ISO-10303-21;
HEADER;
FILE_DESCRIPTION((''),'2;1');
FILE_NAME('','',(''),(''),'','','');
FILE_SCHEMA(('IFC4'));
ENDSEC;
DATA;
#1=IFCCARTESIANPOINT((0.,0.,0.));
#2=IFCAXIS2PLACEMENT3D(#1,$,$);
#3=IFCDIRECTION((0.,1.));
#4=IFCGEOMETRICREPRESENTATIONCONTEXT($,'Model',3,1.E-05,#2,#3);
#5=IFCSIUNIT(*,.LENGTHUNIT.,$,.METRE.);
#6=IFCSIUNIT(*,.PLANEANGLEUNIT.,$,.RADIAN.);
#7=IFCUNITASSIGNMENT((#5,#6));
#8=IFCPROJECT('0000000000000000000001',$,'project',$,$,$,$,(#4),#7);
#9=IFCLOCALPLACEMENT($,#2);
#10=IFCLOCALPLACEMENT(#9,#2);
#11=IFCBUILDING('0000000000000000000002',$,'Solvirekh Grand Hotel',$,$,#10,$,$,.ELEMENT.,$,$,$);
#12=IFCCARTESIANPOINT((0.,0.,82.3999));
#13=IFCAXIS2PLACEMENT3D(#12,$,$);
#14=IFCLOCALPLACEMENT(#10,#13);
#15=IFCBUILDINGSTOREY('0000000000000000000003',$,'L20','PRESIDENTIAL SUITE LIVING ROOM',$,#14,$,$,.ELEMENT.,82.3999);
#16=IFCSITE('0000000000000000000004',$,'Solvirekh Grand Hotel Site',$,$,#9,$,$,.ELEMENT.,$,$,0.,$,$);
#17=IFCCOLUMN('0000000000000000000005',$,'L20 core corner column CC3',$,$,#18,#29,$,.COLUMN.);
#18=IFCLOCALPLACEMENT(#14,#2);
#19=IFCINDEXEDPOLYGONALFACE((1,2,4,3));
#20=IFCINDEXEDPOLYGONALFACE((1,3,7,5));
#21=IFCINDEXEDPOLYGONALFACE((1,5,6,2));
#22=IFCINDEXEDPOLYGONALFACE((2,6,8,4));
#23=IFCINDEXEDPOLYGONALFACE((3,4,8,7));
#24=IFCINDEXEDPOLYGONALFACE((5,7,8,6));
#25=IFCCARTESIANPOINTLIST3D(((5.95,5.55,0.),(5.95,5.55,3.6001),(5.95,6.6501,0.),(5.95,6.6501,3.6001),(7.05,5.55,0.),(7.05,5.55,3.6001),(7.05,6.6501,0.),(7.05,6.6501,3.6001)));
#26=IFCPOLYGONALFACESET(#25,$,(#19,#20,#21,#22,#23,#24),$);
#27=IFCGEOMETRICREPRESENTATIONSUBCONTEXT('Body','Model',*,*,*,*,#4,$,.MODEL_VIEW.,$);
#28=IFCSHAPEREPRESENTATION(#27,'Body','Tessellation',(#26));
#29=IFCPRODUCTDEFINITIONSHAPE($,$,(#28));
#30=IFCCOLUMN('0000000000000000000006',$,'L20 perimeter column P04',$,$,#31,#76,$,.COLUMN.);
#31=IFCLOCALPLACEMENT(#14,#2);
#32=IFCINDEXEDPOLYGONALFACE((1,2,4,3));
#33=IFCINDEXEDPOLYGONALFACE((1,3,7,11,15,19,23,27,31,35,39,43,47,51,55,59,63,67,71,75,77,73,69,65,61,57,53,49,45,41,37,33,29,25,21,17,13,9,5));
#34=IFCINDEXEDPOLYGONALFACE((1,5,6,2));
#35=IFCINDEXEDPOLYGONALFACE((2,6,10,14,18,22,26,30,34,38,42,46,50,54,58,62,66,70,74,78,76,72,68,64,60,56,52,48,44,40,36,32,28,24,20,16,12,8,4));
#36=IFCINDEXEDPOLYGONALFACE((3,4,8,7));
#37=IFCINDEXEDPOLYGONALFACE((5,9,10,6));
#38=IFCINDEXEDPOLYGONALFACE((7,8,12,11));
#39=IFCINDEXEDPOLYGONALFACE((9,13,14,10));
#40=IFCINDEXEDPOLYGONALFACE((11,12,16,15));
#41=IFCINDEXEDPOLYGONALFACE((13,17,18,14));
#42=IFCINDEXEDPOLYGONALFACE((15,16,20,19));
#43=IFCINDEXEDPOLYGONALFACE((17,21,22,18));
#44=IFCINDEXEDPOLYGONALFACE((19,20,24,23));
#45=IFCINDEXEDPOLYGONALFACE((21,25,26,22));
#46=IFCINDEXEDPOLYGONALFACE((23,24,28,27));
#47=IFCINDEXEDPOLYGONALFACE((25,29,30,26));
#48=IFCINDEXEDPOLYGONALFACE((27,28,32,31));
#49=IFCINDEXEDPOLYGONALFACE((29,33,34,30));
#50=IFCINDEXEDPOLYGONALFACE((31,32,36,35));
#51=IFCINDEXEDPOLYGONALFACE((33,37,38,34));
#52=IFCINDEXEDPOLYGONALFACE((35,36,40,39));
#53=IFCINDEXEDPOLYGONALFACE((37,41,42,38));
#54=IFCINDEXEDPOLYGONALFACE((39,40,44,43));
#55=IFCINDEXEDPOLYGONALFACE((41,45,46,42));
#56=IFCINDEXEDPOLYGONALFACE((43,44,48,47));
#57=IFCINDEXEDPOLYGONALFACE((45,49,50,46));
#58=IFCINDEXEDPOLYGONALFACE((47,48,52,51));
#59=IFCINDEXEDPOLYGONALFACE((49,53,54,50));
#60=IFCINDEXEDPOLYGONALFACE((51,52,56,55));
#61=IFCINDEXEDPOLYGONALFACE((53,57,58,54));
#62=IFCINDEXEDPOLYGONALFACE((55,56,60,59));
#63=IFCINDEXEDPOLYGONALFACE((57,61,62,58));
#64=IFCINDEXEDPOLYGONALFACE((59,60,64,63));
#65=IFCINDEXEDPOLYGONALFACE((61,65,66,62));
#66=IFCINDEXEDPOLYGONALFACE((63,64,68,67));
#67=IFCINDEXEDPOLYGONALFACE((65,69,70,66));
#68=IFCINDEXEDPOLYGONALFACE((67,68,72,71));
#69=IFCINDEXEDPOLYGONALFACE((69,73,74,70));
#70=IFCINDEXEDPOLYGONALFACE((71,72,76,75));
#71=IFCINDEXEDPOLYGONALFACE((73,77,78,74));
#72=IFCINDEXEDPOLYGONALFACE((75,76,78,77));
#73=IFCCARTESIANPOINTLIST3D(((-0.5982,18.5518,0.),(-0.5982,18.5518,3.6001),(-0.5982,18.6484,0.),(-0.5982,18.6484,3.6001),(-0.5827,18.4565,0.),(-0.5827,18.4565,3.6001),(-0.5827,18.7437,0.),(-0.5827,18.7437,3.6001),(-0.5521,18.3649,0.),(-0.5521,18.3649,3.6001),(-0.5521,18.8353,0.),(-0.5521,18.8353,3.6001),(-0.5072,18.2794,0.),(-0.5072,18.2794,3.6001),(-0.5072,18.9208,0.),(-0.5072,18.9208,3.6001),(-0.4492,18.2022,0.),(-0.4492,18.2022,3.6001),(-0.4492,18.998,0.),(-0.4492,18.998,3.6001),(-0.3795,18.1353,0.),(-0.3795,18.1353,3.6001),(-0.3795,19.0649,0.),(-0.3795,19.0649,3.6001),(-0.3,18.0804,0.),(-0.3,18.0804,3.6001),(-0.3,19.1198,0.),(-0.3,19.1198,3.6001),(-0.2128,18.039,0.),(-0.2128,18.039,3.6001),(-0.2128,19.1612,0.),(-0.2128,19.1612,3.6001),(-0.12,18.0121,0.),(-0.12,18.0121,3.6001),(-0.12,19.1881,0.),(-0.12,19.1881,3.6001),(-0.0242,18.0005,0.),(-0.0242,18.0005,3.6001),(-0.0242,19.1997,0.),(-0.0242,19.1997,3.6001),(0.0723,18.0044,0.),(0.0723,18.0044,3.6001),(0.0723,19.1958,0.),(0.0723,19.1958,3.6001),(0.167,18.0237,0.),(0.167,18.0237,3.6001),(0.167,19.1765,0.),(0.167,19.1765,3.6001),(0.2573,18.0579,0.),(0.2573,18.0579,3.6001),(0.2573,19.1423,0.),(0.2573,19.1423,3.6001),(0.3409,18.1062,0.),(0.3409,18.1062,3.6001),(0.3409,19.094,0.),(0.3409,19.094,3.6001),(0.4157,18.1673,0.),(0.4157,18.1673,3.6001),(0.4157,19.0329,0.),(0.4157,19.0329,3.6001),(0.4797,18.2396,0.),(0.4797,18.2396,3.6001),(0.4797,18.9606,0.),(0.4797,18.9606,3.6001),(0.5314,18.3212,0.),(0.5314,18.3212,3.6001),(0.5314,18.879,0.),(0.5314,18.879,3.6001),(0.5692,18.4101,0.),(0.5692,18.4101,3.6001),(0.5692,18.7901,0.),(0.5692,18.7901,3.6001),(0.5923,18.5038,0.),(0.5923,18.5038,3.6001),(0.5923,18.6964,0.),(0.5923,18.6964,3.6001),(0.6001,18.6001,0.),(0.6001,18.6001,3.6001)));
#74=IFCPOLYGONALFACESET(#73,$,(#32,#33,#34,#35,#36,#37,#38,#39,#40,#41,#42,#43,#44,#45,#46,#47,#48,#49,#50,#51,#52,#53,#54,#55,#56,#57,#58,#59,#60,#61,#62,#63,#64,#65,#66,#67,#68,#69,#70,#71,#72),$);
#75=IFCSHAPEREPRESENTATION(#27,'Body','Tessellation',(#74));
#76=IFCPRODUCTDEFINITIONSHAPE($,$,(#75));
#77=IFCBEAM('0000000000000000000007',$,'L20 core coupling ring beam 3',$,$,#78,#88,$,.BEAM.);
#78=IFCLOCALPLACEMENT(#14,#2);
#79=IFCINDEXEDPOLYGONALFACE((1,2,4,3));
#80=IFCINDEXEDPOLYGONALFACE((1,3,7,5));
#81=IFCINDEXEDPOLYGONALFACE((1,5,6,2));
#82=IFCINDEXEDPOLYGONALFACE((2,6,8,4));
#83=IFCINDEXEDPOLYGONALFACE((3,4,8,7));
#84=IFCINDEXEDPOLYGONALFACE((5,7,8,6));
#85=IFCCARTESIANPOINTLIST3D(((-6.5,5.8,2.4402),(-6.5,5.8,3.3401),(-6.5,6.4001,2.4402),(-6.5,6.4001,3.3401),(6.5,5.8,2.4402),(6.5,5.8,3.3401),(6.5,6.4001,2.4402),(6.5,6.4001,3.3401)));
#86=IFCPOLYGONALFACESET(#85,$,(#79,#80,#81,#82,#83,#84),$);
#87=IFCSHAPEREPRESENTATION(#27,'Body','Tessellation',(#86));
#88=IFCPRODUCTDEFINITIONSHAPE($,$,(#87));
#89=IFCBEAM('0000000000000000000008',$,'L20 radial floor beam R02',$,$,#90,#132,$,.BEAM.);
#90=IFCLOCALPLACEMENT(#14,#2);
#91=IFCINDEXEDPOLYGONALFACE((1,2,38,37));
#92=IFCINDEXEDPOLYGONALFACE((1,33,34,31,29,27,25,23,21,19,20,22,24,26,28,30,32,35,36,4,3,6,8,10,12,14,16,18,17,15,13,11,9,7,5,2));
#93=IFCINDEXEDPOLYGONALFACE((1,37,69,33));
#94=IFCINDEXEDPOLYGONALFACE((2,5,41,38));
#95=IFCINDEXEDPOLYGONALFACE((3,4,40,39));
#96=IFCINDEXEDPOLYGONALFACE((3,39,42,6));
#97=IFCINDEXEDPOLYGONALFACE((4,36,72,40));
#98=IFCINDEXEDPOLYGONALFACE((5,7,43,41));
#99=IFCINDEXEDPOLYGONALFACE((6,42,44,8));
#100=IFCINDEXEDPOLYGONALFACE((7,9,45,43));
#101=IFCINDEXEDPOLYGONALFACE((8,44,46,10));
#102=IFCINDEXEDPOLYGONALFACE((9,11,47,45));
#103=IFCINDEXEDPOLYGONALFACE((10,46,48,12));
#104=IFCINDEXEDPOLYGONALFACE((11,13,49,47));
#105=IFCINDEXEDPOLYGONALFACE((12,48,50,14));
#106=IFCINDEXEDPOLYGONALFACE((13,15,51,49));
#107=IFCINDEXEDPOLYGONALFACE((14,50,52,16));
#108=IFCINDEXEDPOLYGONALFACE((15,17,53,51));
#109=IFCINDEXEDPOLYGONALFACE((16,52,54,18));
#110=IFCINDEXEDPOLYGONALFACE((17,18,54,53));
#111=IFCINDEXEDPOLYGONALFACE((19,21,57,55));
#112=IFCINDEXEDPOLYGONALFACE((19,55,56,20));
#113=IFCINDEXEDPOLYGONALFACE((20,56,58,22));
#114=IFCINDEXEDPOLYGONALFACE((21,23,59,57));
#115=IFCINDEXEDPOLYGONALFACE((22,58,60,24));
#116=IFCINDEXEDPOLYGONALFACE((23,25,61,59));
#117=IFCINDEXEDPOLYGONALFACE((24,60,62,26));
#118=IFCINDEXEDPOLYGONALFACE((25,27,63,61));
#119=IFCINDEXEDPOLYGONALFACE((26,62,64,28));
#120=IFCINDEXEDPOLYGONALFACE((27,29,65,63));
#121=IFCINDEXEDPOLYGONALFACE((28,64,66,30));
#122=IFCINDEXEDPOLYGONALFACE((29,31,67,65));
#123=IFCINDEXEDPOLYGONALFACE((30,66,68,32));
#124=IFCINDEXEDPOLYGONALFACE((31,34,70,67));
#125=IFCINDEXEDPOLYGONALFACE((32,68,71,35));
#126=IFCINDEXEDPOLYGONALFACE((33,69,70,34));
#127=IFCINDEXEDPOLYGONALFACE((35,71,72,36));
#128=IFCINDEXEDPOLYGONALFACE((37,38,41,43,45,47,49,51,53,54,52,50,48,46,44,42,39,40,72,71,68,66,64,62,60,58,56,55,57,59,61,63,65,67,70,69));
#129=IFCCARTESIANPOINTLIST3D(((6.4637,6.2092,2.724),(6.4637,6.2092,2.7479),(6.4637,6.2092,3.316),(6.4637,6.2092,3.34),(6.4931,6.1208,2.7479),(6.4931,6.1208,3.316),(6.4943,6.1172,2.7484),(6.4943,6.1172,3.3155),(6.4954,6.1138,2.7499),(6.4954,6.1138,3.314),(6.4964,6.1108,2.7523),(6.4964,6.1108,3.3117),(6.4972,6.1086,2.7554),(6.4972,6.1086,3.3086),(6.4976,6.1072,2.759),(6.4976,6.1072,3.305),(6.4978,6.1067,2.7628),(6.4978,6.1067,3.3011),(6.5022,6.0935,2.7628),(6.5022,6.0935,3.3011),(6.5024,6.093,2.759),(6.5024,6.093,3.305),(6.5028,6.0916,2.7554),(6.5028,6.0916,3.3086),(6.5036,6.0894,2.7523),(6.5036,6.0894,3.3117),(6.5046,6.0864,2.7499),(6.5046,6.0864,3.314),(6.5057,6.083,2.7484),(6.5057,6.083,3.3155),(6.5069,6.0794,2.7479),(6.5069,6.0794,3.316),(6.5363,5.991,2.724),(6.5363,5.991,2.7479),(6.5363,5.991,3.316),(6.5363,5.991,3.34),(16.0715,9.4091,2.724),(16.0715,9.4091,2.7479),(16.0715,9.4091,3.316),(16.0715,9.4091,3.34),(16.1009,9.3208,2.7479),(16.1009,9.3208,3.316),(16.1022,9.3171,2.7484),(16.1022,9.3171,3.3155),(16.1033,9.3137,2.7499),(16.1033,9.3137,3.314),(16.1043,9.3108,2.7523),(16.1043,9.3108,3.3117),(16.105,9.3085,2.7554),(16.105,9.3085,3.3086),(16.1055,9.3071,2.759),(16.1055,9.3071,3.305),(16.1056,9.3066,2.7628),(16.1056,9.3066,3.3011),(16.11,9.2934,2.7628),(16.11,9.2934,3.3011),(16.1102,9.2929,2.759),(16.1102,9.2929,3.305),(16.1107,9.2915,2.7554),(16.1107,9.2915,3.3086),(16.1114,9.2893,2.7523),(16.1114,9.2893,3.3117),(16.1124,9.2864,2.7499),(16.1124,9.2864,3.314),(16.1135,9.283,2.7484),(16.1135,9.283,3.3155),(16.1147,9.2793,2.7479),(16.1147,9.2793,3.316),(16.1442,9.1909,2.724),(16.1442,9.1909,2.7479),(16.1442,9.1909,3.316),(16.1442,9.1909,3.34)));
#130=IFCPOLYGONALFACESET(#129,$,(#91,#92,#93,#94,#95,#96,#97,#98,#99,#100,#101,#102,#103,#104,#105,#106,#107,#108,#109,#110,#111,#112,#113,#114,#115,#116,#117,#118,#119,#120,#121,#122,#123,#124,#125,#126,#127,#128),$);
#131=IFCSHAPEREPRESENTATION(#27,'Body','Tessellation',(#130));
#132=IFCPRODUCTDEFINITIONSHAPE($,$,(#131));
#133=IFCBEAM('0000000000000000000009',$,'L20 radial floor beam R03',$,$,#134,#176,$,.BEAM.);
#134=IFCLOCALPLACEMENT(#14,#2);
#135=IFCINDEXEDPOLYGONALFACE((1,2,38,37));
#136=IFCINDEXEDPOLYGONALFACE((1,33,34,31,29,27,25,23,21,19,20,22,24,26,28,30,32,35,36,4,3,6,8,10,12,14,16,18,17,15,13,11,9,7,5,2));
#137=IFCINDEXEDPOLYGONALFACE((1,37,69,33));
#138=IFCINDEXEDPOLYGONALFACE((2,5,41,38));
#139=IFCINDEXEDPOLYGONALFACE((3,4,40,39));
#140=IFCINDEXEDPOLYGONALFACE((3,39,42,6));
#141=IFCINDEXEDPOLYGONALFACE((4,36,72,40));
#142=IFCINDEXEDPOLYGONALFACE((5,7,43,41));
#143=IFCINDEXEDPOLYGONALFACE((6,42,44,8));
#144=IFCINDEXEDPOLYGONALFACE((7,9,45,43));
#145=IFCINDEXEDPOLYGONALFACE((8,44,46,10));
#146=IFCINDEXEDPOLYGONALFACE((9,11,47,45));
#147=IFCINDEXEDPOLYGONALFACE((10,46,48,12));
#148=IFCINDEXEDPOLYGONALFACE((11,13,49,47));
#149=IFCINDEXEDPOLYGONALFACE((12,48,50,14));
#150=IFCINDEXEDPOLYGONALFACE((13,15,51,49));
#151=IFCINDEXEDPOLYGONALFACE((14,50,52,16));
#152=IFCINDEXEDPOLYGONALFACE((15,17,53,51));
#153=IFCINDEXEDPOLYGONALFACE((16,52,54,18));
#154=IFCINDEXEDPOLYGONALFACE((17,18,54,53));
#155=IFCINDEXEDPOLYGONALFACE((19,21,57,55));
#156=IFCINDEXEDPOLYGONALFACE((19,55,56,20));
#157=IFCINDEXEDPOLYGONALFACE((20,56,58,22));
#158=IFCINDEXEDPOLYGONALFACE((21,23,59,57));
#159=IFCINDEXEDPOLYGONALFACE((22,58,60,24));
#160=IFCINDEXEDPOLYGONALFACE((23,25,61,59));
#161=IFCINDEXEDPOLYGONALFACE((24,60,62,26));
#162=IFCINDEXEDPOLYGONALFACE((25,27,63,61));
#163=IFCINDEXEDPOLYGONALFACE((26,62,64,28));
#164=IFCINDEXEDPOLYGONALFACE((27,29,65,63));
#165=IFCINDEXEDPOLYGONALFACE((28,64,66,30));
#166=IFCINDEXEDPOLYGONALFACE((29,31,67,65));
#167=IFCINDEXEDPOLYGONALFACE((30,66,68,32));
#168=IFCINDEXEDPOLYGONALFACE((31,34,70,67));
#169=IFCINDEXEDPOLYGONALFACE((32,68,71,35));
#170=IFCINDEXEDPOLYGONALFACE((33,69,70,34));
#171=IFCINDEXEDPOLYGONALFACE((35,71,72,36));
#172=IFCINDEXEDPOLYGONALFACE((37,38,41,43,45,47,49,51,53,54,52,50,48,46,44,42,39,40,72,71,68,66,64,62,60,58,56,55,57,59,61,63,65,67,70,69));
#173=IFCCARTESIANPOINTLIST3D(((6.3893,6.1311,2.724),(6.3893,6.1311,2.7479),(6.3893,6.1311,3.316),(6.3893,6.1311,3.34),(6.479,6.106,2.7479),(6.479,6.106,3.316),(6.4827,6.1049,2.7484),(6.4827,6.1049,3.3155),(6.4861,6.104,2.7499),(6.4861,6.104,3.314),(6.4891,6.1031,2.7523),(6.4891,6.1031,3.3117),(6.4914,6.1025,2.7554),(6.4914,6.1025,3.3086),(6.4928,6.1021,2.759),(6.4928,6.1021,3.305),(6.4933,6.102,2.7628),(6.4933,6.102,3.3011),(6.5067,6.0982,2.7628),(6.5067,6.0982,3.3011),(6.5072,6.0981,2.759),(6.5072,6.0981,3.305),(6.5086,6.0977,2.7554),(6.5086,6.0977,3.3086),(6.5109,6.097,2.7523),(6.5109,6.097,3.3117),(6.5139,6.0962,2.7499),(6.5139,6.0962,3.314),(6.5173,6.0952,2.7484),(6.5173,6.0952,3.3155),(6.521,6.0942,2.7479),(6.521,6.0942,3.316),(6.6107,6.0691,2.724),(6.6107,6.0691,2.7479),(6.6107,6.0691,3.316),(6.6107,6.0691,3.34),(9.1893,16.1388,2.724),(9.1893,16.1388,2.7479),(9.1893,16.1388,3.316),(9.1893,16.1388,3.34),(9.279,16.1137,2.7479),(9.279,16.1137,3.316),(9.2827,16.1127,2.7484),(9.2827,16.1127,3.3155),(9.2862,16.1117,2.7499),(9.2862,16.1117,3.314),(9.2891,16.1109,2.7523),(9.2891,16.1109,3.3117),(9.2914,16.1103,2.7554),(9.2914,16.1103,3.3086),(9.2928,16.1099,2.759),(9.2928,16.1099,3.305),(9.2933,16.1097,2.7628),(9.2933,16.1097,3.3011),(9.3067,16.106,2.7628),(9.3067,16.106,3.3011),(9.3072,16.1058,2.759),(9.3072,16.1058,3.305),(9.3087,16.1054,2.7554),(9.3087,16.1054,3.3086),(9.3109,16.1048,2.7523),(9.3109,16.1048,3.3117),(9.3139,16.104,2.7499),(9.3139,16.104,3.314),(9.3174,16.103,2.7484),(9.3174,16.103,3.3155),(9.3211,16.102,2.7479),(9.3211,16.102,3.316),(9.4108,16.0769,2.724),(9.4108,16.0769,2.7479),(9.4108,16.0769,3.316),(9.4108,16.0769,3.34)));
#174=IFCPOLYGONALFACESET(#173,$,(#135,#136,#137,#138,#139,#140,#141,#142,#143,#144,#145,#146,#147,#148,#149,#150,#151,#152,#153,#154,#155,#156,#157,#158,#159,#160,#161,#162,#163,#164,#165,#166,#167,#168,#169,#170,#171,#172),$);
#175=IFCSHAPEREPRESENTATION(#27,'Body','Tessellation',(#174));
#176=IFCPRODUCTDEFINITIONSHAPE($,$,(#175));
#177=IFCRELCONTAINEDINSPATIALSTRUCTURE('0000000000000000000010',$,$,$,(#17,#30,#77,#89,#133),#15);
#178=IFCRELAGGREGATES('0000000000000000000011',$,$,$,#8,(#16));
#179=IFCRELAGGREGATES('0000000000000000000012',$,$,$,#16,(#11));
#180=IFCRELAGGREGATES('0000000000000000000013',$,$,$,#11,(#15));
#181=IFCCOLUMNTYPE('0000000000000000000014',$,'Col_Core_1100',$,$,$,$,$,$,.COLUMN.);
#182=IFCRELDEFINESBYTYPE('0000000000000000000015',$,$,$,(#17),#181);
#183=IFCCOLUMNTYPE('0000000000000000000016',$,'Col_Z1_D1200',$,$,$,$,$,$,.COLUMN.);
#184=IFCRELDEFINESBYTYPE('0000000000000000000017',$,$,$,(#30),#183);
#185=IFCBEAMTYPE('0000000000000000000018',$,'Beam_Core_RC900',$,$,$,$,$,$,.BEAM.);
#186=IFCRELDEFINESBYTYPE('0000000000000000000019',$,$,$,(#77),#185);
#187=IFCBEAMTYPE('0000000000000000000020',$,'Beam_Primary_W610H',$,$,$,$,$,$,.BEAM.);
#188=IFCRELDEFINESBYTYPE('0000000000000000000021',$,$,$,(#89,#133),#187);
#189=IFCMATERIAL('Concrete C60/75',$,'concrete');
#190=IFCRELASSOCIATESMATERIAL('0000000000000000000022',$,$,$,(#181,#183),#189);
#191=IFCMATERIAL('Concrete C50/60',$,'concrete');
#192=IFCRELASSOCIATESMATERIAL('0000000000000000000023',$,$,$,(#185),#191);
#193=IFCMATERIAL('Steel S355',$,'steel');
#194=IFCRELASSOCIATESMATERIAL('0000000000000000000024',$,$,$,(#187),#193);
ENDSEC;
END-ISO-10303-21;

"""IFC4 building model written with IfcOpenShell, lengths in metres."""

from ifc_helpers import new_model, si_unit, direction, frame, origin, origin_2d, place, context, subcontext, project, spatial, rectangle, circle, i_section, extrude, material, material_profile, profile_set, type_object, element, save


model = new_model("IFC4")

# Units and contexts
model_context = context("Model", 3, precision=1e-05, world=origin(), true_north=direction((0.0, 1.0)))
body_context = subcontext(model_context, "Body", "Model", "MODEL_VIEW")
ifc_project = project(units=[si_unit("LENGTHUNIT", "METRE"), si_unit("PLANEANGLEUNIT", "RADIAN")], contexts=[model_context])

# Site, building, storey
site_placement = place(None, origin())
site = spatial("IfcSite", under=ifc_project, at=site_placement, Name="Solvirekh Grand Hotel Site", CompositionType="ELEMENT", RefElevation=0.0)
building_placement = place(site_placement, origin())
building = spatial("IfcBuilding", under=site, at=building_placement, Name="Solvirekh Grand Hotel", CompositionType="ELEMENT")
storey_placement = place(building_placement, frame((0.0, 0.0, 82.3999)))
storey = spatial("IfcBuildingStorey", under=building, at=storey_placement, Name="L20", Description="PRESIDENTIAL SUITE LIVING ROOM", CompositionType="ELEMENT", Elevation=82.3999)

# Columns
ifc_material_1 = material(Name="Concrete C60/75", Category="concrete")
ifc_material_profile_1 = material_profile(ifc_material_1, rectangle(XDim=1.1001, YDim=1.1001, at=origin_2d()), Name="RC 1100X1100")
ifc_profile_set_1 = profile_set([ifc_material_profile_1], Name="Concrete C60/75")
column_type_1 = type_object("IfcColumnType", Name="Col_Core_1100", PredefinedType="COLUMN", material=ifc_profile_set_1)
column_1_placement = place(storey_placement, frame((6.5, 6.1001, 0.0), z_axis=(0.0, 0.0, 1.0), x_axis=(1.0, 0.0, 0.0)))
element("IfcColumn", 1, at=column_1_placement, inside=storey, type_object=column_type_1, Name="L20 core corner column CC3", PredefinedType="COLUMN", context=body_context, shape_type="SweptSolid", body=[
    extrude(rectangle(XDim=1.1001, YDim=1.1001, at=origin_2d()), origin(), (0.0, 0.0, 1.0), 3.6001),
])
ifc_material_profile_2 = material_profile(ifc_material_1, circle(Radius=0.6001, at=origin_2d()), Name="RC CIRC D1200")
ifc_profile_set_2 = profile_set([ifc_material_profile_2], Name="Concrete C60/75")
column_type_2 = type_object("IfcColumnType", Name="Col_Z1_D1200", PredefinedType="COLUMN", material=ifc_profile_set_2)
column_2_placement = place(storey_placement, frame((0.0, 18.6001, 0.0), z_axis=(0.0, 0.0, 1.0), x_axis=(1.0, 0.0, 0.0)))
element("IfcColumn", 2, at=column_2_placement, inside=storey, type_object=column_type_2, Name="L20 perimeter column P04", PredefinedType="COLUMN", context=body_context, shape_type="SweptSolid", body=[
    extrude(circle(Radius=0.6001, at=origin_2d()), origin(), (0.0, 0.0, 1.0), 3.6001),
])

# Beams
ifc_material_2 = material(Name="Concrete C50/60", Category="concrete")
ifc_material_profile_3 = material_profile(ifc_material_2, rectangle(XDim=0.6001, YDim=0.8999, at=origin_2d()), Name="RC BEAM 600X900")
ifc_profile_set_3 = profile_set([ifc_material_profile_3], Name="Concrete C50/60")
beam_type_1 = type_object("IfcBeamType", Name="Beam_Core_RC900", PredefinedType="BEAM", material=ifc_profile_set_3)
beam_1_placement = place(storey_placement, frame((6.5, 6.1001, 2.8901), z_axis=(-1.0, 0.0, 0.0), x_axis=(0.0, -1.0, 0.0)))
element("IfcBeam", 3, at=beam_1_placement, inside=storey, type_object=beam_type_1, Name="L20 core coupling ring beam 3", PredefinedType="BEAM", context=body_context, shape_type="SweptSolid", body=[
    extrude(rectangle(XDim=0.6001, YDim=0.8999, at=origin_2d()), origin(), (0.0, 0.0, 1.0), 13.0),
])
ifc_material_3 = material(Name="Steel S355", Category="steel")
ifc_material_profile_4 = material_profile(ifc_material_3, i_section(OverallWidth=0.23, OverallDepth=0.616, WebThickness=0.0139, FlangeThickness=0.0239, FilletRadius=0.0149, at=origin_2d()), Name="W610X174")
ifc_profile_set_4 = profile_set([ifc_material_profile_4], Name="Steel S355")
beam_type_2 = type_object("IfcBeamType", Name="Beam_Primary_W610H", PredefinedType="BEAM", material=ifc_profile_set_4)
beam_2_placement = place(storey_placement, frame((6.5, 6.1001, 3.032), z_axis=(0.948763, 0.315989, 0.0), x_axis=(-0.315989, 0.948763, 0.0)))
element("IfcBeam", 4, at=beam_2_placement, inside=storey, type_object=beam_type_2, Name="L20 radial floor beam R02", PredefinedType="BEAM", context=body_context, shape_type="SweptSolid", body=[
    extrude(i_section(OverallWidth=0.23, OverallDepth=0.616, WebThickness=0.0139, FlangeThickness=0.0239, FilletRadius=0.0149, at=origin_2d()), origin(), (0.0, 0.0, 1.0), 10.1267),
])
beam_3_placement = place(storey_placement, frame((6.5, 6.1001, 3.032), z_axis=(0.269439, 0.963017, 0.0), x_axis=(-0.963017, 0.269439, 0.0)))
element("IfcBeam", 5, at=beam_3_placement, inside=storey, type_object=beam_type_2, Name="L20 radial floor beam R03", PredefinedType="BEAM", context=body_context, shape_type="SweptSolid", body=[
    extrude(i_section(OverallWidth=0.23, OverallDepth=0.616, WebThickness=0.0139, FlangeThickness=0.0239, FilletRadius=0.0149, at=origin_2d()), origin(), (0.0, 0.0, 1.0), 10.3921),
])

save(model, "model.ifc")
